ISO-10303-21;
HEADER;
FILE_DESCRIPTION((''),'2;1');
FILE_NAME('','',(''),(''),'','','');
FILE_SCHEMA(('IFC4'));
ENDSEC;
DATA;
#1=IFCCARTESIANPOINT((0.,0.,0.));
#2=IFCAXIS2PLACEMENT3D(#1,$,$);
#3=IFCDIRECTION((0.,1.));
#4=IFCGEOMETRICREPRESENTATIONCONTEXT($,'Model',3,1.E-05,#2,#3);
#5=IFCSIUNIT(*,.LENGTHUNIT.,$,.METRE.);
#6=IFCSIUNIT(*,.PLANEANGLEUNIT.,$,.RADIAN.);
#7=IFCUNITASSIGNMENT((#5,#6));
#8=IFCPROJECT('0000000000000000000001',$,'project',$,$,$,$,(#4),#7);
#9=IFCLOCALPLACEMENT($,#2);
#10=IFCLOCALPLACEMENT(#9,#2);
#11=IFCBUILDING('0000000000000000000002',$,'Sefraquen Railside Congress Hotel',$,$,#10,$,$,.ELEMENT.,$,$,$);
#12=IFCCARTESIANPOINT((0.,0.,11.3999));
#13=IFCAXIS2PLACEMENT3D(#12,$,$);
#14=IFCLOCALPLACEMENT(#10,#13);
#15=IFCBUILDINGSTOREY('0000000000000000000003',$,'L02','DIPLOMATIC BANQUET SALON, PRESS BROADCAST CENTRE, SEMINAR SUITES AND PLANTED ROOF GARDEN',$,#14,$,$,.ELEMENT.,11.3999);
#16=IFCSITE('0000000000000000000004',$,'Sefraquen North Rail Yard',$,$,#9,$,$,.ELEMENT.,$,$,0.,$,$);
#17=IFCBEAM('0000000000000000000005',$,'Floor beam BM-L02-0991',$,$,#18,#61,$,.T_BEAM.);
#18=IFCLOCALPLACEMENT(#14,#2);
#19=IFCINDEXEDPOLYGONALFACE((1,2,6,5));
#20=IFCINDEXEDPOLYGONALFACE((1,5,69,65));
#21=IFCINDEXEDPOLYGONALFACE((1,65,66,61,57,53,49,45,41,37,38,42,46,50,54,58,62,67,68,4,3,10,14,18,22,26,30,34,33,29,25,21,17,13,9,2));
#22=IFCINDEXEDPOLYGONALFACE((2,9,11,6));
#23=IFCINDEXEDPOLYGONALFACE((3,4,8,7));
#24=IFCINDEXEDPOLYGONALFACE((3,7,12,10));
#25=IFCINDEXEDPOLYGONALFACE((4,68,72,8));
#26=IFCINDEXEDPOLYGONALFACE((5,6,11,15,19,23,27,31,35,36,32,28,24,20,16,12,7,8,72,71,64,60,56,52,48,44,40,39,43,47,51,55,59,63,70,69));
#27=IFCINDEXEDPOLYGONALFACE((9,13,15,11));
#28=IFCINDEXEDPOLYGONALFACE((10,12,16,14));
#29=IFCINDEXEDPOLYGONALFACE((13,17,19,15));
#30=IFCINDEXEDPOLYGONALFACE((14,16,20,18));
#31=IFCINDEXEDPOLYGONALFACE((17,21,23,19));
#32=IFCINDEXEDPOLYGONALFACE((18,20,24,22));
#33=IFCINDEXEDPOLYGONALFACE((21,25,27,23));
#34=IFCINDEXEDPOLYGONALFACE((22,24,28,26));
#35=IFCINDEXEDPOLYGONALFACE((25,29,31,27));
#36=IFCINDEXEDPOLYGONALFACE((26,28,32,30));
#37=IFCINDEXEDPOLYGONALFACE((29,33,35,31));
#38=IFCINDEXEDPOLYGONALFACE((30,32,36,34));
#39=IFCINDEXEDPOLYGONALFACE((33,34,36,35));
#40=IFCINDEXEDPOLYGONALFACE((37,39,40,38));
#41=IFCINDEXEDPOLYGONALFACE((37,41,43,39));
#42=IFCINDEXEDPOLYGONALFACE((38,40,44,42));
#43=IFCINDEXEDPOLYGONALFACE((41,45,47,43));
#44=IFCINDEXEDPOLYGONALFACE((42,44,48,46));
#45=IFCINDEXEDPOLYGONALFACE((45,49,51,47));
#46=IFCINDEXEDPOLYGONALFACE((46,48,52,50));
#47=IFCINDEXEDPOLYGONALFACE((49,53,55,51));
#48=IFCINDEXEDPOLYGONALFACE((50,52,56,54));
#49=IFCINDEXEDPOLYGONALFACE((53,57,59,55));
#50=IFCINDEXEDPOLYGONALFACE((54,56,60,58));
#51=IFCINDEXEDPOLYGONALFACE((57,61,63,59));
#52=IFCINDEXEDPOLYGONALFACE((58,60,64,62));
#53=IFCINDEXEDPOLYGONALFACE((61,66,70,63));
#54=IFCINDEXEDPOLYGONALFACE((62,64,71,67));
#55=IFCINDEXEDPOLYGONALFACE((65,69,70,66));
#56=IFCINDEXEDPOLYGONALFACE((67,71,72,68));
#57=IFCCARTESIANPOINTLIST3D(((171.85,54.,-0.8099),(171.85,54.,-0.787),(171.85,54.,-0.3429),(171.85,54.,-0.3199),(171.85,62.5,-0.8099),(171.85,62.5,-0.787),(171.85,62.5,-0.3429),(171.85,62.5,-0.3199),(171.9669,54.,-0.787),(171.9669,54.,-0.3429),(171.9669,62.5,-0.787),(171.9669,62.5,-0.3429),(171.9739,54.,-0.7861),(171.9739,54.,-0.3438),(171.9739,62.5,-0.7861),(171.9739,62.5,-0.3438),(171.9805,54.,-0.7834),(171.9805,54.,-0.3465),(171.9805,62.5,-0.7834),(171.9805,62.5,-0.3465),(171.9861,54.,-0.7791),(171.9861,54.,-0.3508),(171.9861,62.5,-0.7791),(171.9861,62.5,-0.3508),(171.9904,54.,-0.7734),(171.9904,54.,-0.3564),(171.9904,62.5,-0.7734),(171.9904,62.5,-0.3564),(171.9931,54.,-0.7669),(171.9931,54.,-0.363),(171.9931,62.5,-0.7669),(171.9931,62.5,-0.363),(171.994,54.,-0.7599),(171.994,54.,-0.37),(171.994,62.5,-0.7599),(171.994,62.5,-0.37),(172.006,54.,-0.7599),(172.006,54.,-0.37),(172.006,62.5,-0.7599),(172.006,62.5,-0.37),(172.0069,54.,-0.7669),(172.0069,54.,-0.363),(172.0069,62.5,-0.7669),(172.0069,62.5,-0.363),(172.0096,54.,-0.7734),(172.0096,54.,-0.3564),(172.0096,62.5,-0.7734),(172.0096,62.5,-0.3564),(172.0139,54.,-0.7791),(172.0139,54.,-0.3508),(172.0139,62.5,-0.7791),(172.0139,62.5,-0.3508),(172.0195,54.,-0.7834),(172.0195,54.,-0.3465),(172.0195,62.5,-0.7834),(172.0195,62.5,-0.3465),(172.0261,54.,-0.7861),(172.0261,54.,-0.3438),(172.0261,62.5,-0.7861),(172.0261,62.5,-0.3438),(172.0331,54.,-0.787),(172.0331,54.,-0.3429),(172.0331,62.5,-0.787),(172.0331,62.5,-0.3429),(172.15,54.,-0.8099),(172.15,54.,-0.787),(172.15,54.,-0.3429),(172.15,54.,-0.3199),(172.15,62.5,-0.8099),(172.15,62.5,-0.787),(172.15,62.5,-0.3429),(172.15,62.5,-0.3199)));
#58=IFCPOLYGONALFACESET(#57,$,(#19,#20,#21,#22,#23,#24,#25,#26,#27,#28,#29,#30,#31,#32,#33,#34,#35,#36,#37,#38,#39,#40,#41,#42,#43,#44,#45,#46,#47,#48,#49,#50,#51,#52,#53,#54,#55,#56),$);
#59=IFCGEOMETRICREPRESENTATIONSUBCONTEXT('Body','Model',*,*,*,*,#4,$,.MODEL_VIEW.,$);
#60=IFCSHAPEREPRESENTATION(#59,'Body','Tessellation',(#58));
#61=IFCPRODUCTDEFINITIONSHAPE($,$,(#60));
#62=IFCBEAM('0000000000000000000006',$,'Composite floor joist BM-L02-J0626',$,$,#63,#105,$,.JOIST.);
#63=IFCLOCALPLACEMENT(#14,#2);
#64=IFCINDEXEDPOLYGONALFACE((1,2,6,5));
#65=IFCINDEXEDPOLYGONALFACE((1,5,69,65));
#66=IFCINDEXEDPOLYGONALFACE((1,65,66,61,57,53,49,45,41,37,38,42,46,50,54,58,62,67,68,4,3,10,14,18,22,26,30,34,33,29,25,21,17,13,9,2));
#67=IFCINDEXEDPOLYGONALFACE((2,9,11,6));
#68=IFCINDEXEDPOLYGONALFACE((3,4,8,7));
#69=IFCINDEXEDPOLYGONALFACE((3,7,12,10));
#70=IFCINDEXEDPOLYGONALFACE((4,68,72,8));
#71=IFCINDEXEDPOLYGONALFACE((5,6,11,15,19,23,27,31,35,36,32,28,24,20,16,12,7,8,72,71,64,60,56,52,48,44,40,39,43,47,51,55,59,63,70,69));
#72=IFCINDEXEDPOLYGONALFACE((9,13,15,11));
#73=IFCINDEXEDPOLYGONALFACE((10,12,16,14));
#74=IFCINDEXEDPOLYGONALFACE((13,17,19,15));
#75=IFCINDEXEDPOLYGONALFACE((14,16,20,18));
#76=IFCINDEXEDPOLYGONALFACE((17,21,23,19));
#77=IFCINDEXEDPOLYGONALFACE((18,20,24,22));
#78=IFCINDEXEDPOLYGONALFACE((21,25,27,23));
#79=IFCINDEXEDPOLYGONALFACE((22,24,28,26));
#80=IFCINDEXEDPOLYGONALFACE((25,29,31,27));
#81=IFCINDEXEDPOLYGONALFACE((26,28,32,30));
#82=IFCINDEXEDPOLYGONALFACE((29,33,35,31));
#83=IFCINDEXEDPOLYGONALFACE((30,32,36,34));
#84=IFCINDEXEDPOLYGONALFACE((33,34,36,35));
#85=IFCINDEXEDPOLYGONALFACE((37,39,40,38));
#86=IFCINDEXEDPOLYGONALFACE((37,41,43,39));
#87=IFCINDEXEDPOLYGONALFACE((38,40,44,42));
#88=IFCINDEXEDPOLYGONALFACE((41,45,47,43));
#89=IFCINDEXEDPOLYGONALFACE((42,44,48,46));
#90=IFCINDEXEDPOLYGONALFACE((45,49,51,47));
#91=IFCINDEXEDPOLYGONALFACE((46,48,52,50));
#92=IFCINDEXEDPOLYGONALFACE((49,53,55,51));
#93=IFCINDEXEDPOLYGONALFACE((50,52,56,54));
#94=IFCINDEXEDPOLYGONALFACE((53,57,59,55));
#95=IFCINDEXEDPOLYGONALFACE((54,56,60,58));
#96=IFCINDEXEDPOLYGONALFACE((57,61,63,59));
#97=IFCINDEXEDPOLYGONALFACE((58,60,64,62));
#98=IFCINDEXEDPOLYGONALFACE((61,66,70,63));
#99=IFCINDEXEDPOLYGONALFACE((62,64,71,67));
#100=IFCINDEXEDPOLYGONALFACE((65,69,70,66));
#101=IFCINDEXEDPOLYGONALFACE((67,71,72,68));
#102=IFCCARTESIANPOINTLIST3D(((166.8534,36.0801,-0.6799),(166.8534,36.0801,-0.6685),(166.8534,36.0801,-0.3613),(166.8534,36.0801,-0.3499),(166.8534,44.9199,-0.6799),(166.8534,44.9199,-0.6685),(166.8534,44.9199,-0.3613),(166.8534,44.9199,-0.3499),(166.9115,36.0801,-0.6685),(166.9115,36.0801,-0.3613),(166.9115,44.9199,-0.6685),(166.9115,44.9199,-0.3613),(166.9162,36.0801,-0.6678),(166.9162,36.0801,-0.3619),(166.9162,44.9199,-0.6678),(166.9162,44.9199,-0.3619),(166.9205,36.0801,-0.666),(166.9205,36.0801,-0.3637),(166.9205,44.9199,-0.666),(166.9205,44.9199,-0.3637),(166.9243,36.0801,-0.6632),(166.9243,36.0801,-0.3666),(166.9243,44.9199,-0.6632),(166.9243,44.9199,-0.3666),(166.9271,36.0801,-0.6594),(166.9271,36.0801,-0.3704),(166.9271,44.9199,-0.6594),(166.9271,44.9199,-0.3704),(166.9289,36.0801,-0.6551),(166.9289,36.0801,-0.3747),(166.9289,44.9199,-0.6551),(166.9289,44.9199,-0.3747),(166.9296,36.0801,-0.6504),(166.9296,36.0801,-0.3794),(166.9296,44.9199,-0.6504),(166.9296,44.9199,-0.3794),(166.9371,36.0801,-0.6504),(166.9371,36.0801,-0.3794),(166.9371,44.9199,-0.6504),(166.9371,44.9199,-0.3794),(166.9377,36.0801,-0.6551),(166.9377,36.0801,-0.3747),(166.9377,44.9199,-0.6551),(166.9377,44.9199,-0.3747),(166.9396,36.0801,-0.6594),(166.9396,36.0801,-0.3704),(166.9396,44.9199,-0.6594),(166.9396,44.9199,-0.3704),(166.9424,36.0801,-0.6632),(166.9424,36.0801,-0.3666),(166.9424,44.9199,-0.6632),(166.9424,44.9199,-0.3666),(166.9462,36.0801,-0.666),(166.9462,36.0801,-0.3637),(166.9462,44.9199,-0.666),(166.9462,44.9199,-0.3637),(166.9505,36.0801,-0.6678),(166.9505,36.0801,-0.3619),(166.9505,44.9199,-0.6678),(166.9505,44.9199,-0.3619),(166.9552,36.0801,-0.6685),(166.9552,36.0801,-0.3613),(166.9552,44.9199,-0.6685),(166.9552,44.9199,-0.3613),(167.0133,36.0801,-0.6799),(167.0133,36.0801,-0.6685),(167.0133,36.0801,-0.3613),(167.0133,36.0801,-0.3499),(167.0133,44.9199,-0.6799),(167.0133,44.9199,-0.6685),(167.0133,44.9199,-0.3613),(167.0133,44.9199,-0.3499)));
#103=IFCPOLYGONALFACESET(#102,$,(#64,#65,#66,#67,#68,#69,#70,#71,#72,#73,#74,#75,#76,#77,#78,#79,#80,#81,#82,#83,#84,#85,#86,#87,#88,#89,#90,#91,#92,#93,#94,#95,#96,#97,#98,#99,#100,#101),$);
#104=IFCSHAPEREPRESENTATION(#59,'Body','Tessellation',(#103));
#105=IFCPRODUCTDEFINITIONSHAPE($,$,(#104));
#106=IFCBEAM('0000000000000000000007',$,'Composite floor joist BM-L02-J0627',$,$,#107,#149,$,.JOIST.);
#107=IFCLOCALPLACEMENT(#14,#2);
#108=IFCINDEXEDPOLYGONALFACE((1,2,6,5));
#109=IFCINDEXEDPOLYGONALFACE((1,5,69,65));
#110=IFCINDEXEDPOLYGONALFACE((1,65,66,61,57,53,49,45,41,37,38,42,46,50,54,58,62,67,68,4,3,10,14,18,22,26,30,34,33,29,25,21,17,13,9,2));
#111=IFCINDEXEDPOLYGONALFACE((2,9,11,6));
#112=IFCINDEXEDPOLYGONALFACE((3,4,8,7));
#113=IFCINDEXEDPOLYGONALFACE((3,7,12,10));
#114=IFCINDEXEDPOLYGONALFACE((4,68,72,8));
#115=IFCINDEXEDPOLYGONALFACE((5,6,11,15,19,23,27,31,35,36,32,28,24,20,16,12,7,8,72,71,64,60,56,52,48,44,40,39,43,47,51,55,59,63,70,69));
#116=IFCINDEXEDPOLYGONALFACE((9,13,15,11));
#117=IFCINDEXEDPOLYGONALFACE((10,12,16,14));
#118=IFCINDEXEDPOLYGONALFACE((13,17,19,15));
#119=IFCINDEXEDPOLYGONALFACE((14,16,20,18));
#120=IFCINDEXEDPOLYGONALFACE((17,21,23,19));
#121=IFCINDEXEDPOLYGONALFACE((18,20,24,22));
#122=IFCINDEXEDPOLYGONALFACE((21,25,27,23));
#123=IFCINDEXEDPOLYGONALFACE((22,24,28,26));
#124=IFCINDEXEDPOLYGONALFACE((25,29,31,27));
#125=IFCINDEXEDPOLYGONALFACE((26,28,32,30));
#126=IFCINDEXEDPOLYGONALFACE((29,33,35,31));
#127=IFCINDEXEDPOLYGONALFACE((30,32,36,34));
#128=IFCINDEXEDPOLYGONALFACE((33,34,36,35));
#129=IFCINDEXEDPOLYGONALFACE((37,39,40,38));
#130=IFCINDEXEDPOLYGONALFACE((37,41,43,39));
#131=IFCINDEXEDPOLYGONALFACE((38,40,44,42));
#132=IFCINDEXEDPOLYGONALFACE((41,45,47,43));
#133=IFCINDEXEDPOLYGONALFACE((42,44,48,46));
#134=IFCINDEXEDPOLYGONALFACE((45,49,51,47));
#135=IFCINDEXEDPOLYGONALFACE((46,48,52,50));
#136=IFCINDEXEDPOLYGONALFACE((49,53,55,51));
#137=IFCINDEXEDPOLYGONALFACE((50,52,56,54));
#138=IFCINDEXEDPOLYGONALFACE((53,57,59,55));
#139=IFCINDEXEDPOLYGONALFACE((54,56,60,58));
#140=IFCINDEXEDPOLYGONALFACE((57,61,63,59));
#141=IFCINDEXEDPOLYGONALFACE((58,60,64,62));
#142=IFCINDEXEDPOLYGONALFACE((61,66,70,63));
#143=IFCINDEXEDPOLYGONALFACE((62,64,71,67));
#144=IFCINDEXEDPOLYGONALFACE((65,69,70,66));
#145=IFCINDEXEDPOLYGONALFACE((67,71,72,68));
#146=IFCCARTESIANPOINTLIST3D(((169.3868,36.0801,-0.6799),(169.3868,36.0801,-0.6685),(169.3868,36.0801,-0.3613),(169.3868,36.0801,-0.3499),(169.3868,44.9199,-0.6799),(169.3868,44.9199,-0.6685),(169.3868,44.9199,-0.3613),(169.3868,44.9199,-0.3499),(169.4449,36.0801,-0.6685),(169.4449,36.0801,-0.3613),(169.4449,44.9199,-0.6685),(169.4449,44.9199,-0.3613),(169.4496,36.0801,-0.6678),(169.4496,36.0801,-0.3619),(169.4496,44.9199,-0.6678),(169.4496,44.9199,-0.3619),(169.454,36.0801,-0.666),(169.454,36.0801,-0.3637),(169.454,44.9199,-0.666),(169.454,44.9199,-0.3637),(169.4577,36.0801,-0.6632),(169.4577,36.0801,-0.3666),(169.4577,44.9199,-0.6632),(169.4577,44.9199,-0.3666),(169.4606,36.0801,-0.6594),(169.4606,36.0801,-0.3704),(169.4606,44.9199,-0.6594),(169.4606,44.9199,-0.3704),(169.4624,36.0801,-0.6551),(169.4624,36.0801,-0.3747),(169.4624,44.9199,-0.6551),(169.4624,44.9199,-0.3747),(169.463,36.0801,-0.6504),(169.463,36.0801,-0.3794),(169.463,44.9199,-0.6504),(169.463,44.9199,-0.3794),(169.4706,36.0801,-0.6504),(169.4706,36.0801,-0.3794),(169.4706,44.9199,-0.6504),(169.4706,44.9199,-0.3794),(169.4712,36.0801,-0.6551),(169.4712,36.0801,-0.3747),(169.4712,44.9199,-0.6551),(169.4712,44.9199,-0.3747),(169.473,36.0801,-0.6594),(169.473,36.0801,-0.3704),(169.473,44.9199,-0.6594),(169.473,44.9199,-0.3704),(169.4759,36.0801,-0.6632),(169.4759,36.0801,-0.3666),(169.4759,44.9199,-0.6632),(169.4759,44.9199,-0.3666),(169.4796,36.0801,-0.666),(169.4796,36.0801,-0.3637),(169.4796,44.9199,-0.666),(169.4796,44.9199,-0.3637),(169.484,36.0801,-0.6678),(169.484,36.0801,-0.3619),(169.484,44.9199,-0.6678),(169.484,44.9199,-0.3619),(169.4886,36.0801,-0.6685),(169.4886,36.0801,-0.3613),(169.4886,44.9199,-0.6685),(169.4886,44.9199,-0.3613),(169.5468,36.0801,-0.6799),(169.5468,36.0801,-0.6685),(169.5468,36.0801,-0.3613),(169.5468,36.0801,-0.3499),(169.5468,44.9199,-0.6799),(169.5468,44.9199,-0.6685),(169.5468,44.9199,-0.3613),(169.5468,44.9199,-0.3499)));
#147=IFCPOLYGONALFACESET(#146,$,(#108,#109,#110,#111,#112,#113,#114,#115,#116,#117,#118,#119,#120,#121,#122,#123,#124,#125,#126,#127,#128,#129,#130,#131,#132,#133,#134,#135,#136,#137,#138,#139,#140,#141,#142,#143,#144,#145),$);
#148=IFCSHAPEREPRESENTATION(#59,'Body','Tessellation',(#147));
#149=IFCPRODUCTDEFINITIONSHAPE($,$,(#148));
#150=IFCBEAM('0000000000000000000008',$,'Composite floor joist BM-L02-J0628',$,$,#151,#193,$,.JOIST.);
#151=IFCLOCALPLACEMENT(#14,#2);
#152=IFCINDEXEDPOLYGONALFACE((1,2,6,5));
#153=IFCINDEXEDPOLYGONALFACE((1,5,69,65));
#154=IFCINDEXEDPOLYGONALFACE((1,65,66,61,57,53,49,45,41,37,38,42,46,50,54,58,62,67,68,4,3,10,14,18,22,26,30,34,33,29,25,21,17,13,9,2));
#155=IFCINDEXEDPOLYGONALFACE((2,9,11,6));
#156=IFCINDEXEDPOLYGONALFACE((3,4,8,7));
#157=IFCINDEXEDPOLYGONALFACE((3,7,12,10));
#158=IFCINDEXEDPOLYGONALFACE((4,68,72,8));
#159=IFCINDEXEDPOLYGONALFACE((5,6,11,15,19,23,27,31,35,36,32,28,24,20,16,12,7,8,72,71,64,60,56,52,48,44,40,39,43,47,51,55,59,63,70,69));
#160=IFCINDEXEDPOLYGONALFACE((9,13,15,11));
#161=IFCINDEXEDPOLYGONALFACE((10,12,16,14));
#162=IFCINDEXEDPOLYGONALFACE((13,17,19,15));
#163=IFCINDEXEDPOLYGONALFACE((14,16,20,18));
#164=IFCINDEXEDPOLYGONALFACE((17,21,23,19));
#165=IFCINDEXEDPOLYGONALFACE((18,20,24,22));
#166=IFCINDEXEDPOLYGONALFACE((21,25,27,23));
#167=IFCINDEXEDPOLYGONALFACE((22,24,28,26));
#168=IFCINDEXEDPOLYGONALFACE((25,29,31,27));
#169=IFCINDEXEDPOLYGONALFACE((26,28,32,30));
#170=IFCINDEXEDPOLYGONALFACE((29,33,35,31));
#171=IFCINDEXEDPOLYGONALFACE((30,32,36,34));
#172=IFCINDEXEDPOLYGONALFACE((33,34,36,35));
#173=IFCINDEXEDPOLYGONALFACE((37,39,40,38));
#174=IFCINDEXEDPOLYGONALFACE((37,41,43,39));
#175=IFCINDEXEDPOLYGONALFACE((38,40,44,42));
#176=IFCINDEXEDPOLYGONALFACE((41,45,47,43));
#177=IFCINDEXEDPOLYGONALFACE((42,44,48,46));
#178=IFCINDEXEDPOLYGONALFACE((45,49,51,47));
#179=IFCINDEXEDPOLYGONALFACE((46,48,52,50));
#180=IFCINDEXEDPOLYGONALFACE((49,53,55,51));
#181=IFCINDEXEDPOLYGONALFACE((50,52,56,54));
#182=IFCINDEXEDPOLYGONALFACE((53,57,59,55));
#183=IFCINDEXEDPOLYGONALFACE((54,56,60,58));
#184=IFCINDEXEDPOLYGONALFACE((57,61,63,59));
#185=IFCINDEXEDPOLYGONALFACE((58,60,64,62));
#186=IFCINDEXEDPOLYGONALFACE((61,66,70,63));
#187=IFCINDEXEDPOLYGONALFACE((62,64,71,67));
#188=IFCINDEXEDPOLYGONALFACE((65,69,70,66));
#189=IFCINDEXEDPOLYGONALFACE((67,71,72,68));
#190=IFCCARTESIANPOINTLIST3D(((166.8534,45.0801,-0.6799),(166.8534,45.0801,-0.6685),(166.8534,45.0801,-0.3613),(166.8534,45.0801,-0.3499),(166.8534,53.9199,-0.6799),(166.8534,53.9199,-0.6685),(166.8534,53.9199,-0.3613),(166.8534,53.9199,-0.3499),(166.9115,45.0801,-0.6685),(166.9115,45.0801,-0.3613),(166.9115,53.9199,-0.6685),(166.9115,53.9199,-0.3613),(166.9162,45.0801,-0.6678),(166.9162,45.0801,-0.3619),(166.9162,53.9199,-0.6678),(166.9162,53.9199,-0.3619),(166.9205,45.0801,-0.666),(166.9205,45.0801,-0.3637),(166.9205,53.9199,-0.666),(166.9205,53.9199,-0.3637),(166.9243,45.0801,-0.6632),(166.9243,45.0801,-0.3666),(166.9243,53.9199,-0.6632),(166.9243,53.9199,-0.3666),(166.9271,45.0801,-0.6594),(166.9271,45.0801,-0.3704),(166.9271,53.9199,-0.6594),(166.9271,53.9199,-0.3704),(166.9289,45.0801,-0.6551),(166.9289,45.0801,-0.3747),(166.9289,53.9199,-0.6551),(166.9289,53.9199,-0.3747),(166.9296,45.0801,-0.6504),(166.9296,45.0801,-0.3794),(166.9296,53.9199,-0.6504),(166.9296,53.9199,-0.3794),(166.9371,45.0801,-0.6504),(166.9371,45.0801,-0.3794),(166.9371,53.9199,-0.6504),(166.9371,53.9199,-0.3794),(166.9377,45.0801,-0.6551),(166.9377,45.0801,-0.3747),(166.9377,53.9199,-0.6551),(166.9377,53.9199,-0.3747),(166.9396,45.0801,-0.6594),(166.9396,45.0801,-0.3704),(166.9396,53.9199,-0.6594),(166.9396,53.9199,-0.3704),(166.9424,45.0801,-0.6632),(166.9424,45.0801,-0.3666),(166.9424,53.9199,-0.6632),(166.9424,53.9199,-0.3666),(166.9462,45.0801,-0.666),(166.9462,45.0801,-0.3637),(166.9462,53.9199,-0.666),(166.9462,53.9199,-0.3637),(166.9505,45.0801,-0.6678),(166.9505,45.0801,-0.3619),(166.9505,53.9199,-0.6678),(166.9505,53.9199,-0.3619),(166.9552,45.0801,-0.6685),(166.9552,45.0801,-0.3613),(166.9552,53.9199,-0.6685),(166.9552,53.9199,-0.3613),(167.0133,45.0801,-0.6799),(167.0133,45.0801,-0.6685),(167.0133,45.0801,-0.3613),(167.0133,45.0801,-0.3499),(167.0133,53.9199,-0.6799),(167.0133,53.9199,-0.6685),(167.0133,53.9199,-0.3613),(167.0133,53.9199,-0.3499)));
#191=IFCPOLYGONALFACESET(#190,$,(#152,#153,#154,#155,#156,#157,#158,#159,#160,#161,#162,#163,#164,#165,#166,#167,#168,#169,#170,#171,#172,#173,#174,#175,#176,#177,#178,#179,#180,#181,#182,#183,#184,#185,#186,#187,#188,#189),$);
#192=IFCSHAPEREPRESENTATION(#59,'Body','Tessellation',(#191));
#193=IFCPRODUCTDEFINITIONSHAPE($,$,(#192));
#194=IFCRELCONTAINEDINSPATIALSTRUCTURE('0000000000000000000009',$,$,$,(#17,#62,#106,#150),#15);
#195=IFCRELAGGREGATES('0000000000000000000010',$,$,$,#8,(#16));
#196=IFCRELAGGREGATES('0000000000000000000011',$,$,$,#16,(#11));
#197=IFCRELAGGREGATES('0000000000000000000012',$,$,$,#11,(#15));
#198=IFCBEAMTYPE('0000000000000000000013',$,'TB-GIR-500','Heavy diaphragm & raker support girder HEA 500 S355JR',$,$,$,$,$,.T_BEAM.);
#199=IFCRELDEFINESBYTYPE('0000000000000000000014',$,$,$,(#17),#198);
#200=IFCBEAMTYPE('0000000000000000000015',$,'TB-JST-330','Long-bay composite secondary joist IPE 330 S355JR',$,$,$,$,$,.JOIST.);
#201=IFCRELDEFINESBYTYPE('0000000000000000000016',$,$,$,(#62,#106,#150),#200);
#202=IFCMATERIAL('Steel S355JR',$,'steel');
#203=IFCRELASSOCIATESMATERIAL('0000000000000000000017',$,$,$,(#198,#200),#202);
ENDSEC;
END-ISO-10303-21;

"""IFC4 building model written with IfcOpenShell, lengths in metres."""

from ifc_helpers import new_model, si_unit, direction, frame, origin, origin_2d, place, context, subcontext, project, spatial, i_section, extrude, material, material_profile, profile_set, type_object, element, save


model = new_model("IFC4")

# Units and contexts
model_context = context("Model", 3, precision=1e-05, world=origin(), true_north=direction((0.0, 1.0)))
body_context = subcontext(model_context, "Body", "Model", "MODEL_VIEW")
ifc_project = project(units=[si_unit("LENGTHUNIT", "METRE"), si_unit("PLANEANGLEUNIT", "RADIAN")], contexts=[model_context])

# Site, building, storey
site_placement = place(None, origin())
site = spatial("IfcSite", under=ifc_project, at=site_placement, Name="Sefraquen North Rail Yard", CompositionType="ELEMENT", RefElevation=0.0)
building_placement = place(site_placement, origin())
building = spatial("IfcBuilding", under=site, at=building_placement, Name="Sefraquen Railside Congress Hotel", CompositionType="ELEMENT")
storey_placement = place(building_placement, frame((0.0, 0.0, 11.3999)))
storey = spatial("IfcBuildingStorey", under=building, at=storey_placement, Name="L02", Description="DIPLOMATIC BANQUET SALON, PRESS BROADCAST CENTRE, SEMINAR SUITES AND PLANTED ROOF GARDEN", CompositionType="ELEMENT", Elevation=11.3999)

# Shared definitions
ifc_material_1 = material(Name="Steel S355JR", Category="steel")

# Beams
ifc_material_profile_1 = material_profile(ifc_material_1, i_section(OverallWidth=0.3, OverallDepth=0.49, WebThickness=0.012, FlangeThickness=0.0229, FilletRadius=0.0271, at=origin_2d()), Name="HEA 500")
ifc_profile_set_1 = profile_set([ifc_material_profile_1], Name="Steel S355JR")
beam_type_1 = type_object("IfcBeamType", Name="TB-GIR-500", Description="Heavy diaphragm & raker support girder HEA 500 S355JR", PredefinedType="T_BEAM", material=ifc_profile_set_1)
beam_1_placement = place(storey_placement, frame((172.0, 54.0, -0.5649), z_axis=(0.0, 1.0, 0.0), x_axis=(-1.0, 0.0, 0.0)))
element("IfcBeam", 1, at=beam_1_placement, inside=storey, type_object=beam_type_1, Name="Floor beam BM-L02-0991", PredefinedType="T_BEAM", context=body_context, shape_type="SweptSolid", body=[
    extrude(i_section(OverallWidth=0.3, OverallDepth=0.49, WebThickness=0.012, FlangeThickness=0.0229, FilletRadius=0.0271, at=origin_2d()), origin(), (0.0, 0.0, 1.0), 8.5),
])
ifc_material_profile_2 = material_profile(ifc_material_1, i_section(OverallWidth=0.1599, OverallDepth=0.3301, WebThickness=0.0076, FlangeThickness=0.0115, FilletRadius=0.0181, at=origin_2d()), Name="IPE 330")
ifc_profile_set_2 = profile_set([ifc_material_profile_2], Name="Steel S355JR")
beam_type_2 = type_object("IfcBeamType", Name="TB-JST-330", Description="Long-bay composite secondary joist IPE 330 S355JR", PredefinedType="JOIST", material=ifc_profile_set_2)
for number, where, z_axis, x_axis, name in (
    (2, (166.9333, 36.0801, -0.5149), (0.0, 1.0, 0.0), (-1.0, 0.0, 0.0), "Composite floor joist BM-L02-J0626"),
    (3, (169.4668, 36.0801, -0.5149), (0.0, 1.0, 0.0), (-1.0, 0.0, 0.0), "Composite floor joist BM-L02-J0627"),
    (4, (166.9333, 45.0801, -0.5149), (0.0, 1.0, 0.0), (-1.0, 0.0, 0.0), "Composite floor joist BM-L02-J0628"),
):
    element("IfcBeam", number, at=place(storey_placement, frame(where, z_axis=z_axis, x_axis=x_axis)), inside=storey, type_object=beam_type_2, Name=name, PredefinedType="JOIST", context=body_context, shape_type="SweptSolid", body=[
        extrude(i_section(OverallWidth=0.1599, OverallDepth=0.3301, WebThickness=0.0076, FlangeThickness=0.0115, FilletRadius=0.0181, at=origin_2d()), origin(), (0.0, 0.0, 1.0), 8.8398),
    ])

save(model, "model.ifc")
